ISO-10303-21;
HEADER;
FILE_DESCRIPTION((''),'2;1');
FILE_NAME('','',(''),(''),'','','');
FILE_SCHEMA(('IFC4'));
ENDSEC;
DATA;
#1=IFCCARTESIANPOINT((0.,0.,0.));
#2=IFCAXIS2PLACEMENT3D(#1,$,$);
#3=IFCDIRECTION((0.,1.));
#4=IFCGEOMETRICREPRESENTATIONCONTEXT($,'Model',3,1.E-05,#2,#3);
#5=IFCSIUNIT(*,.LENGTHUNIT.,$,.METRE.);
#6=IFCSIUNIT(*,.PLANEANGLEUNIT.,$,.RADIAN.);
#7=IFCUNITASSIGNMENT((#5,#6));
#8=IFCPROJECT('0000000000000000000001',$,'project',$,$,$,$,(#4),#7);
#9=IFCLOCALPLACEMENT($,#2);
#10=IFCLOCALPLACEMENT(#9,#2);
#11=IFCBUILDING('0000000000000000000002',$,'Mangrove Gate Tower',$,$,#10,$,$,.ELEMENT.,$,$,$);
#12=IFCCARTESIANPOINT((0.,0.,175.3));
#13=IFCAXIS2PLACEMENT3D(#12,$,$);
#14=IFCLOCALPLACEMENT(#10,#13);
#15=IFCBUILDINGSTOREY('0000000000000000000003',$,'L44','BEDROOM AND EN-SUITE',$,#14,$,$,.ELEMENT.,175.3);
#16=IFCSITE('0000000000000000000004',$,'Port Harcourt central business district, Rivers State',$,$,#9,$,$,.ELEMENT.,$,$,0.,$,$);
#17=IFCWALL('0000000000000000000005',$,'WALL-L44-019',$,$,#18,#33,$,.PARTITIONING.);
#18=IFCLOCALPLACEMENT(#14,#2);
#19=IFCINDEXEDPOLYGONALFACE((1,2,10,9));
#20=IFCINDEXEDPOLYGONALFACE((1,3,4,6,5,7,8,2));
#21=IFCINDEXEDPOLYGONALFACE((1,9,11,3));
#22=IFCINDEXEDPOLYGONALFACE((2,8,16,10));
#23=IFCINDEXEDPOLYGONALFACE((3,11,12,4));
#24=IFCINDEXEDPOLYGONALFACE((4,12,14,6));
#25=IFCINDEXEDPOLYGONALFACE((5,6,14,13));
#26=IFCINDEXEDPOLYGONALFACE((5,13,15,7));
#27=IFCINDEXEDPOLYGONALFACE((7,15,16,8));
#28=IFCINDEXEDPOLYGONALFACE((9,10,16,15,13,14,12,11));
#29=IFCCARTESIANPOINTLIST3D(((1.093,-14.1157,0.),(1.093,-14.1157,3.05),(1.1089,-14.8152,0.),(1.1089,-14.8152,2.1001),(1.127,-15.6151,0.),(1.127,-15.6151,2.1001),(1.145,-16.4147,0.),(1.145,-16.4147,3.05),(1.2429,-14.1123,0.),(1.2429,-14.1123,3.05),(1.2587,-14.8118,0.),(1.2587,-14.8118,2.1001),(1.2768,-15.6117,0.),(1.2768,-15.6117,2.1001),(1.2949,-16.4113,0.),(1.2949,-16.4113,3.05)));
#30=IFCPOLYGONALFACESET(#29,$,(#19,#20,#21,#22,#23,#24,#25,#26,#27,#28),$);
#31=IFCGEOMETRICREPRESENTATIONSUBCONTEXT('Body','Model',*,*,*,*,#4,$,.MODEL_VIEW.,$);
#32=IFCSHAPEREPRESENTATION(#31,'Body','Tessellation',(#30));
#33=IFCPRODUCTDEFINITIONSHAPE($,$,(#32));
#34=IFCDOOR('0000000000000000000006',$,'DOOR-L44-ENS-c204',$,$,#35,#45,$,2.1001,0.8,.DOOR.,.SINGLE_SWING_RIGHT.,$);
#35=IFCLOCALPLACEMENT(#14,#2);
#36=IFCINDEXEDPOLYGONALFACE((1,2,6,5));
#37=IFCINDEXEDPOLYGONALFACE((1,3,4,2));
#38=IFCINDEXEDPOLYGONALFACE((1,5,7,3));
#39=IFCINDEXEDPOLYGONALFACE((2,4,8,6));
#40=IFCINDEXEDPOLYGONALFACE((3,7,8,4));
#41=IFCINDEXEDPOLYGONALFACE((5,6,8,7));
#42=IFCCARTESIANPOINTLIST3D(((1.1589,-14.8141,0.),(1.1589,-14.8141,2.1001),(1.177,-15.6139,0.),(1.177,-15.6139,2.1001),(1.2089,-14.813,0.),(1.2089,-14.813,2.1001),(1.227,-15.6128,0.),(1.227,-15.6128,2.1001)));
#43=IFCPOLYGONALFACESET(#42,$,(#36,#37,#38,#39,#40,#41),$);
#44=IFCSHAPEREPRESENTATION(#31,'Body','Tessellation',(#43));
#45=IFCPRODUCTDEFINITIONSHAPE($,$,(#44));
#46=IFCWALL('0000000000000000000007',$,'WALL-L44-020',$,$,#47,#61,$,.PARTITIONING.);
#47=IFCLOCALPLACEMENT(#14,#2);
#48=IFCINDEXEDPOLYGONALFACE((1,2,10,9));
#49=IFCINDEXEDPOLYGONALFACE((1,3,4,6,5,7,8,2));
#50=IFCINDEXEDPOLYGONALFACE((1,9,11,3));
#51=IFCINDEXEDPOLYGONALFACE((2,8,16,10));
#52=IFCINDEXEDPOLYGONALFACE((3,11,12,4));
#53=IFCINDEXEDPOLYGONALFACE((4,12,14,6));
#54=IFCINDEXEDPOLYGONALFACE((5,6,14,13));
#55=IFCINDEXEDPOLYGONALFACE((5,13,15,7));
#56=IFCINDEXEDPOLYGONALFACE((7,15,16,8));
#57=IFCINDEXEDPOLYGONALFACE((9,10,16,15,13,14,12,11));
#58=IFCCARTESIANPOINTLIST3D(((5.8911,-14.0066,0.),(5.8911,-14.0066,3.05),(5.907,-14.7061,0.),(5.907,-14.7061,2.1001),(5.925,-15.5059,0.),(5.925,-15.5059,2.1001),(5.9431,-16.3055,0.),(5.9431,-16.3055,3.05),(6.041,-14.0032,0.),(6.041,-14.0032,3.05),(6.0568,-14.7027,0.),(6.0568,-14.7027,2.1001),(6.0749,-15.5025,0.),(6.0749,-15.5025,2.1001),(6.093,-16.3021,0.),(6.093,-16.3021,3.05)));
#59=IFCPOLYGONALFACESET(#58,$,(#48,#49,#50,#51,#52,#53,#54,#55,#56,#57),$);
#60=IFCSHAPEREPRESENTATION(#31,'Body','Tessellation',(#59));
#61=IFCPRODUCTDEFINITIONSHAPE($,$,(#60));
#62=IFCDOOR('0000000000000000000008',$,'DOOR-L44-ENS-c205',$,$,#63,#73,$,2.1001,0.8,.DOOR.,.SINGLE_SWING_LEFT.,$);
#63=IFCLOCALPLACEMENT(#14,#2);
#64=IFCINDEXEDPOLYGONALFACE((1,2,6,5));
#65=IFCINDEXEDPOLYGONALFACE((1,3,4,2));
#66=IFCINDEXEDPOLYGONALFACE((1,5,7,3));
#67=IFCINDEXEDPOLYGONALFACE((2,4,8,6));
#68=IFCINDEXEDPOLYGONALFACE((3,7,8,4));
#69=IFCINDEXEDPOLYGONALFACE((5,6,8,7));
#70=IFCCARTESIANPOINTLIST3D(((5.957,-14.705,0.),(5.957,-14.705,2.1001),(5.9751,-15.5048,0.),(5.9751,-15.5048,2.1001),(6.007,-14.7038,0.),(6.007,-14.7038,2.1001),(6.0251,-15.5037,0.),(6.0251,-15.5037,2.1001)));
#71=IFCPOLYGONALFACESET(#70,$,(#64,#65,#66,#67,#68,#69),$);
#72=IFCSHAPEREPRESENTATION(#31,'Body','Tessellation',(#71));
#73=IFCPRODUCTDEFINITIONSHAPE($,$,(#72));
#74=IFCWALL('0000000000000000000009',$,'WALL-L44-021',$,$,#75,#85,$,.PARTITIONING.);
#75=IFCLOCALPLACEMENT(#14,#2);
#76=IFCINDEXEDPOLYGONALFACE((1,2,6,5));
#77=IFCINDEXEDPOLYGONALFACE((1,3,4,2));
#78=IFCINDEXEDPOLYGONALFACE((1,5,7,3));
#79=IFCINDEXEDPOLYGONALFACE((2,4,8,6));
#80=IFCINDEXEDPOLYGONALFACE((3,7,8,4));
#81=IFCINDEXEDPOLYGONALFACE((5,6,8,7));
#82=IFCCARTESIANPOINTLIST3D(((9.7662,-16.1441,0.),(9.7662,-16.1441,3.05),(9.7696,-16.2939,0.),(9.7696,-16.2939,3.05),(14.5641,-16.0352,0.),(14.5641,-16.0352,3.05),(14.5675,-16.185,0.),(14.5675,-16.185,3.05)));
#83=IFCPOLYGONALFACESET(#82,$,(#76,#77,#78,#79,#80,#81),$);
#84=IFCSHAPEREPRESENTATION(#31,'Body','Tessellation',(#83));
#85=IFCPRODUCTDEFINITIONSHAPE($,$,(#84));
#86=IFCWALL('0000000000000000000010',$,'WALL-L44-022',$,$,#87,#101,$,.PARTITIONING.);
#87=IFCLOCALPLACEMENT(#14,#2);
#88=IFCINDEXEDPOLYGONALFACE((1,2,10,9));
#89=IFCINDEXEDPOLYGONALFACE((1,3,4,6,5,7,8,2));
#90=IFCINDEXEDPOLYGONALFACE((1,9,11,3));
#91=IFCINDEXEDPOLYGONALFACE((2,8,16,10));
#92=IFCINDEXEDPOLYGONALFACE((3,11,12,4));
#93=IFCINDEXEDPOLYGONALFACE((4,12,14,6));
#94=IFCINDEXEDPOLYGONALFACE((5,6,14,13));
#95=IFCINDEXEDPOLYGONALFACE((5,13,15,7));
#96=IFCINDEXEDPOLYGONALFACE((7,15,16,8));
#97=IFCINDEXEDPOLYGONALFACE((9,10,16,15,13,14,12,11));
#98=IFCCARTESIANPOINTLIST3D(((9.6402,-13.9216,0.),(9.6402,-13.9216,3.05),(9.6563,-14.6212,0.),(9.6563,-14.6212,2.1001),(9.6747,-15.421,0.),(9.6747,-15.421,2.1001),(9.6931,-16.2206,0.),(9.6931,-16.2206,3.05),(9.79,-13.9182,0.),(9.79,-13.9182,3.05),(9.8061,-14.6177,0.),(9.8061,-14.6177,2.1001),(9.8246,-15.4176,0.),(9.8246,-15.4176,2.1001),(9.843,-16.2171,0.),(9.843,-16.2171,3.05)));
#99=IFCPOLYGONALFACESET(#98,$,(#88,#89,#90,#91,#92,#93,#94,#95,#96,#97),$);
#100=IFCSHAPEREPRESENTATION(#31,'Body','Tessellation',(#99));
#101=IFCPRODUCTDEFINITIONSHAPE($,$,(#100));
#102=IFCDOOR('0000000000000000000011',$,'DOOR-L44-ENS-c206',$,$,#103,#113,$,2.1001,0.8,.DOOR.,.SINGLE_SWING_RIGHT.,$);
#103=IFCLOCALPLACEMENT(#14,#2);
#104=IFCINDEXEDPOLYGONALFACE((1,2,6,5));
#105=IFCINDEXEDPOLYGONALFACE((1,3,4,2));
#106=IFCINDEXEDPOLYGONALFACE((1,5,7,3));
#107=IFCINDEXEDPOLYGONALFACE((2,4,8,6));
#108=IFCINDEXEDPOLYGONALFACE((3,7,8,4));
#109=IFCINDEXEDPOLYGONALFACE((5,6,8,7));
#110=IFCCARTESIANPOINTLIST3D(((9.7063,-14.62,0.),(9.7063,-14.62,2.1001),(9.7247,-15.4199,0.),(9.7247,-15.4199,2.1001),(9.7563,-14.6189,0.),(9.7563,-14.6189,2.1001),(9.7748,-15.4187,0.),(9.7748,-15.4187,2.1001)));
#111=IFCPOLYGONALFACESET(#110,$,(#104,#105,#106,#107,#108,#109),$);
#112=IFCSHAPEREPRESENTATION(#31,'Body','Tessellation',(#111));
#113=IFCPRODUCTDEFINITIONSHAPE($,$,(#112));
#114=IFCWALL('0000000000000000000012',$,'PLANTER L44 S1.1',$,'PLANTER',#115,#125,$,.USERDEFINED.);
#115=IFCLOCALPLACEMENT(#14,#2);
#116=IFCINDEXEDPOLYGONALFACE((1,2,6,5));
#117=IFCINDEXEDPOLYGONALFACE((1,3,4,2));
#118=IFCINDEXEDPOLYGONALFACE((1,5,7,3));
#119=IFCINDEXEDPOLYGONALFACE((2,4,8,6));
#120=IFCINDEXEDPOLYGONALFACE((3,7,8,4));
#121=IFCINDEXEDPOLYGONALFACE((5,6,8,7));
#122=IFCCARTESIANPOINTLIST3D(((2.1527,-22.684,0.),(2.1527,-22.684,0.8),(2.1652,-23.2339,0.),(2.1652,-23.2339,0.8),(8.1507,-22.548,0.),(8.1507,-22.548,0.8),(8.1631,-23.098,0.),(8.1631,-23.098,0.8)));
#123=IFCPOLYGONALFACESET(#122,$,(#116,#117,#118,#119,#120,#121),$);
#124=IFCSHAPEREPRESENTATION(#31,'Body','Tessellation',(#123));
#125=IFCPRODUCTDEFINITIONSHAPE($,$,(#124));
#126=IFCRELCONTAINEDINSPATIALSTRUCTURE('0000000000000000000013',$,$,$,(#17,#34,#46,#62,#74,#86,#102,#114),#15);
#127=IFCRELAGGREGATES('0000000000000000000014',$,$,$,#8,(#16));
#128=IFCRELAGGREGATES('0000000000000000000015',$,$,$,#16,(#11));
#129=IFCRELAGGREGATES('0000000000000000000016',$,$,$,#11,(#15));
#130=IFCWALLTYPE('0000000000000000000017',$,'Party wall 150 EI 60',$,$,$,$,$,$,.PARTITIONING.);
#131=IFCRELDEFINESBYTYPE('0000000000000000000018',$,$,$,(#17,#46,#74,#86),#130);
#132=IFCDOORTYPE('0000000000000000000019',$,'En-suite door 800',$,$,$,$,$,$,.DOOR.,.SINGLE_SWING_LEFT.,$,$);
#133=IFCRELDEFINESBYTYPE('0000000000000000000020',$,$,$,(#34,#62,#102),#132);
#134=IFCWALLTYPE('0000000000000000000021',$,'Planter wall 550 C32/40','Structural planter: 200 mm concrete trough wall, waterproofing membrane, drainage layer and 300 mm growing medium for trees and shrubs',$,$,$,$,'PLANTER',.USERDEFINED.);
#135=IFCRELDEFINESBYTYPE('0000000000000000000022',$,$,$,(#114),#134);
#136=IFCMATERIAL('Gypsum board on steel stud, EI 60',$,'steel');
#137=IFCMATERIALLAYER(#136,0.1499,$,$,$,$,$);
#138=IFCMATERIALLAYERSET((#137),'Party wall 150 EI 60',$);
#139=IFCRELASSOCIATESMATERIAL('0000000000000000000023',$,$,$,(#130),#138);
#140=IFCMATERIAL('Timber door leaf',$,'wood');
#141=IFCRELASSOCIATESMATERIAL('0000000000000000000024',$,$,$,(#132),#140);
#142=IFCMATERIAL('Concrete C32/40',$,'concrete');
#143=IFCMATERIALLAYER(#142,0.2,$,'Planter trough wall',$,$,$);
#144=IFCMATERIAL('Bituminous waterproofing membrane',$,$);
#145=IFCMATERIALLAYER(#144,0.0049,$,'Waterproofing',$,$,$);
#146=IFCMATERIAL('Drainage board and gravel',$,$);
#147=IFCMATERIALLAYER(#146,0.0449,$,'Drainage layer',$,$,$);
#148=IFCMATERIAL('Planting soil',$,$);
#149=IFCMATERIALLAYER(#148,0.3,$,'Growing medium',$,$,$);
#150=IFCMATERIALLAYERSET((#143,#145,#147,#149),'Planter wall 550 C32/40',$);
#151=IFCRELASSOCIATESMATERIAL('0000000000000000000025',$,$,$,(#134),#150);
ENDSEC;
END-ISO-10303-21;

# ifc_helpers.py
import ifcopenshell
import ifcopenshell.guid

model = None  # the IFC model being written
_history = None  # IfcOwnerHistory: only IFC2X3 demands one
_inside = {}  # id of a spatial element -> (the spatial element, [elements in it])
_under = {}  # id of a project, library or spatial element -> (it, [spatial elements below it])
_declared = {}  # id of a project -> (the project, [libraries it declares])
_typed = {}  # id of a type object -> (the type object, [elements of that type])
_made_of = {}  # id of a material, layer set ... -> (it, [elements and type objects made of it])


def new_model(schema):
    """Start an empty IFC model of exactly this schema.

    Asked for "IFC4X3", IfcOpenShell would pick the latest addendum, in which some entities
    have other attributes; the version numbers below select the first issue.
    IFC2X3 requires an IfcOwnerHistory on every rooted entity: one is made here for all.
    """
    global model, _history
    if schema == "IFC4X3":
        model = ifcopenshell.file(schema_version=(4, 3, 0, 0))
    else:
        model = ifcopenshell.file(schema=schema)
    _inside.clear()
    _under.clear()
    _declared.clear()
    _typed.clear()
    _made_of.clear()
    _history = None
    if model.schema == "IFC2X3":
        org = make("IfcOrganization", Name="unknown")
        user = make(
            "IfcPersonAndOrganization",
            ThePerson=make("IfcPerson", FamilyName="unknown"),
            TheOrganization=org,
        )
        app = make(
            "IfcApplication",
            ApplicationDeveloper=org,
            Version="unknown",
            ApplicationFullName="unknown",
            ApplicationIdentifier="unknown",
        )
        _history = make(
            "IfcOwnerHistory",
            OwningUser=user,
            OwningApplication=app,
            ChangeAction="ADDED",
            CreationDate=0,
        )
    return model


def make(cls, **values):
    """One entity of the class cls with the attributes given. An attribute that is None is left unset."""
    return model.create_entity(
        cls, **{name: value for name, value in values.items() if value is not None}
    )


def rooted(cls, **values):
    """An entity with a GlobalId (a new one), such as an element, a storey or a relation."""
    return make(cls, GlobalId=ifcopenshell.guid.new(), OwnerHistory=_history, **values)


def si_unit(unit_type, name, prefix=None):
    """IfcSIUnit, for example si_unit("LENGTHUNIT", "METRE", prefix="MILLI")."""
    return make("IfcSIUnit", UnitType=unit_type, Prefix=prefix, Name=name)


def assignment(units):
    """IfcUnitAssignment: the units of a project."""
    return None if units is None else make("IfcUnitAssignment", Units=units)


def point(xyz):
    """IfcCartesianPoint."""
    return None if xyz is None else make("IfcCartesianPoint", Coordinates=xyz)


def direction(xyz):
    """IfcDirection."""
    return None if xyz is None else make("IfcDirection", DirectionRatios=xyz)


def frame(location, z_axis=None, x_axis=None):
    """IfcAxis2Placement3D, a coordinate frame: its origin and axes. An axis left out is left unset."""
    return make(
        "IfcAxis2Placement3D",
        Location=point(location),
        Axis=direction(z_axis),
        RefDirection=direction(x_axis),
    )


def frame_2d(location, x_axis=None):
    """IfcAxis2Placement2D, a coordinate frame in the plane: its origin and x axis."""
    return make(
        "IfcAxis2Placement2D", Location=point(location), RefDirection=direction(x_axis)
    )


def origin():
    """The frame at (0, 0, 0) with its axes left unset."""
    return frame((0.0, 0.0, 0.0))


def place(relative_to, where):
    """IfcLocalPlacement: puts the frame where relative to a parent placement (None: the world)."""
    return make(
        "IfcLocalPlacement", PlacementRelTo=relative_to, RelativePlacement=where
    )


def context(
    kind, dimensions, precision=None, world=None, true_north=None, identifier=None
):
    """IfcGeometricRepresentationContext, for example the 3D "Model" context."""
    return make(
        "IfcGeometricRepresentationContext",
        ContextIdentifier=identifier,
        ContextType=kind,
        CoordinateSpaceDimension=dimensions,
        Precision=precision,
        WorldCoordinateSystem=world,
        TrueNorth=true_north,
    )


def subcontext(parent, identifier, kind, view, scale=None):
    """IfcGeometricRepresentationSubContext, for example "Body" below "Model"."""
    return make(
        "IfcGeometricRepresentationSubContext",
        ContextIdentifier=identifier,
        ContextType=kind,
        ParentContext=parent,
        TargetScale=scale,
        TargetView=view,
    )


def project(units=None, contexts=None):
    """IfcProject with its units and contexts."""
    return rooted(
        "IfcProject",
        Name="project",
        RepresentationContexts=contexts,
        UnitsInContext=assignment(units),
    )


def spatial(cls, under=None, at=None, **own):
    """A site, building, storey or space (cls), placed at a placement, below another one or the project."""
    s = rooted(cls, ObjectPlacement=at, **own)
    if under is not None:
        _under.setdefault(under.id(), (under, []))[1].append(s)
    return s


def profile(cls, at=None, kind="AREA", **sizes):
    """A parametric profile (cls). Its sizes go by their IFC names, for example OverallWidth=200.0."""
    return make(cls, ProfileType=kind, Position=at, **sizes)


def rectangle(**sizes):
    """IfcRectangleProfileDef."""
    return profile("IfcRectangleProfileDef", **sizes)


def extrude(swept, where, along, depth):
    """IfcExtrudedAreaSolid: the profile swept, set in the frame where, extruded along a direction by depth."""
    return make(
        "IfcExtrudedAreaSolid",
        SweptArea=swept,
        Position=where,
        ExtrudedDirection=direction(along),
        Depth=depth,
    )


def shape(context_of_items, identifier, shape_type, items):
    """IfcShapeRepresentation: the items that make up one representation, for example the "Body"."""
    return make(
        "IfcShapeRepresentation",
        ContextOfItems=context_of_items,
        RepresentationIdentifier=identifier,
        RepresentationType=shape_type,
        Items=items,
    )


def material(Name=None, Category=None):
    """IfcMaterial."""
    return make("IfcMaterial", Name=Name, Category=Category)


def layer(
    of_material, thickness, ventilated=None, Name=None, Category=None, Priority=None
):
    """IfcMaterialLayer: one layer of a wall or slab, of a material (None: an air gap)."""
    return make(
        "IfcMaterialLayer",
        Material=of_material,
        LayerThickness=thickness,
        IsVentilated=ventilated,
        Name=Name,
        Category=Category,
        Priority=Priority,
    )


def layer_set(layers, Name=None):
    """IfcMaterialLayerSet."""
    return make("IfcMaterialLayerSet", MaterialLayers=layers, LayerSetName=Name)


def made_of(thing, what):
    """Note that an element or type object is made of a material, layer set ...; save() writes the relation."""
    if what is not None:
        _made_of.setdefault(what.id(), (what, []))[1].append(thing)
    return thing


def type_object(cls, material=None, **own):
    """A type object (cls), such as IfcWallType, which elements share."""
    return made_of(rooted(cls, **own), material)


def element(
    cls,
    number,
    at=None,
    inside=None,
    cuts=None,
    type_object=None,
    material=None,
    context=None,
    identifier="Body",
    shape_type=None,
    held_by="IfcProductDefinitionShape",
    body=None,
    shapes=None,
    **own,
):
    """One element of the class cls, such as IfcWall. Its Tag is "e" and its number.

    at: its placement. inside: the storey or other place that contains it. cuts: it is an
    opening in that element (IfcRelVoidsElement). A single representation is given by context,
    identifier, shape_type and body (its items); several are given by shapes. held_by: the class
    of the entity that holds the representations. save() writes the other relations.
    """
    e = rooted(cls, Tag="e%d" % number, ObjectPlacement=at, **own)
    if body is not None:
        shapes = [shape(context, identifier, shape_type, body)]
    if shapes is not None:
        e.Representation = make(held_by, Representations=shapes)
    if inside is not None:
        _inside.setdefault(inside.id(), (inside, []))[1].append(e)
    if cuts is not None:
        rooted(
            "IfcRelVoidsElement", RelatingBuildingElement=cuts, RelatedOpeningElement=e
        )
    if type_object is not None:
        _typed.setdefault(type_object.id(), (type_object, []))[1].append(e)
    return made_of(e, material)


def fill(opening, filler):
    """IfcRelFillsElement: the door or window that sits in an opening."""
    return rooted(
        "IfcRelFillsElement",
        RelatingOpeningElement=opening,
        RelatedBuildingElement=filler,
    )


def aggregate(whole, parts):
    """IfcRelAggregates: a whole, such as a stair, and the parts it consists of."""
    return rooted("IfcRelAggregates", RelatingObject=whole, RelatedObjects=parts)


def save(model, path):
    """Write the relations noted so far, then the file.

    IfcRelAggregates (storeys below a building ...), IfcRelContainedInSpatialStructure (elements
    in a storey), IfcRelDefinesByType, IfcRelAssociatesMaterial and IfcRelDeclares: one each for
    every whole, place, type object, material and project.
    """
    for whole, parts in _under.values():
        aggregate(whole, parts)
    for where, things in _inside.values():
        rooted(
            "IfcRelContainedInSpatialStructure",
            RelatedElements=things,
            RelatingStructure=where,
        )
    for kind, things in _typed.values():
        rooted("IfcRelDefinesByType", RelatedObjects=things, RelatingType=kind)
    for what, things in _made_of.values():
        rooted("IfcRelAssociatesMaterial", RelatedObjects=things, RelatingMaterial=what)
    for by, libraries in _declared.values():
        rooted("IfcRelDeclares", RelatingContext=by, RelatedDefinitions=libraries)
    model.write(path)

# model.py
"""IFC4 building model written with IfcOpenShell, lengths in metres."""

from ifc_helpers import new_model, si_unit, direction, frame, frame_2d, origin, place, context, subcontext, project, spatial, rectangle, extrude, material, layer, layer_set, type_object, element, fill, save


model = new_model("IFC4")

# Units and contexts
model_context = context("Model", 3, precision=1e-05, world=origin(), true_north=direction((0.0, 1.0)))
body_context = subcontext(model_context, "Body", "Model", "MODEL_VIEW")
ifc_project = project(units=[si_unit("LENGTHUNIT", "METRE"), si_unit("PLANEANGLEUNIT", "RADIAN")], contexts=[model_context])

# Site, building, storey
site_placement = place(None, origin())
site = spatial("IfcSite", under=ifc_project, at=site_placement, Name="Port Harcourt central business district, Rivers State", CompositionType="ELEMENT", RefElevation=0.0)
building_placement = place(site_placement, origin())
building = spatial("IfcBuilding", under=site, at=building_placement, Name="Mangrove Gate Tower", CompositionType="ELEMENT")
storey_placement = place(building_placement, frame((0.0, 0.0, 175.3)))
storey = spatial("IfcBuildingStorey", under=building, at=storey_placement, Name="L44", Description="BEDROOM AND EN-SUITE", CompositionType="ELEMENT", Elevation=175.3)

# Shared definitions
ifc_material_1 = material(Name="Gypsum board on steel stud, EI 60", Category="steel")
ifc_layer_1 = layer(ifc_material_1, 0.1499)
ifc_layer_set_1 = layer_set([ifc_layer_1], Name="Party wall 150 EI 60")
wall_type_1 = type_object("IfcWallType", Name="Party wall 150 EI 60", PredefinedType="PARTITIONING", material=ifc_layer_set_1)

# Walls, openings, doors
wall_1_placement = place(storey_placement, frame((1.22, -16.4131, 0.0), z_axis=(0.0, 0.0, 1.0), x_axis=(-0.022613, 0.999744, 0.0)))
wall_1 = element("IfcWall", 1, at=wall_1_placement, inside=storey, type_object=wall_type_1, Name="WALL-L44-019", PredefinedType="PARTITIONING", context=body_context, shape_type="SweptSolid", body=[
    extrude(rectangle(XDim=2.2996, YDim=0.1499, at=frame_2d((1.1499, 0.0))), origin(), (0.0, 0.0, 1.0), 3.05),
])
opening_1_placement = place(wall_1_placement, frame((0.8, 0.0, 0.0)))
opening_1 = element("IfcOpeningElement", 2, at=opening_1_placement, cuts=wall_1, PredefinedType="OPENING", context=body_context, shape_type="SweptSolid", body=[
    extrude(rectangle(XDim=0.8, YDim=2.1001, at=frame_2d((0.3999, 1.05))), frame((0.0, 0.085, 0.0), z_axis=(0.0, -1.0, 0.0), x_axis=(1.0, 0.0, 0.0)), (0.0, 0.0, 1.0), 0.1699),
])
ifc_material_2 = material(Name="Timber door leaf", Category="wood")
door_type_1 = type_object("IfcDoorType", Name="En-suite door 800", OperationType="SINGLE_SWING_LEFT", PredefinedType="DOOR", material=ifc_material_2)
door_1_placement = place(opening_1_placement, origin())
door_1 = element("IfcDoor", 3, at=door_1_placement, inside=storey, type_object=door_type_1, Name="DOOR-L44-ENS-c204", OperationType="SINGLE_SWING_RIGHT", OverallHeight=2.1001, OverallWidth=0.8, PredefinedType="DOOR", context=body_context, shape_type="SweptSolid", body=[
    extrude(rectangle(XDim=0.8, YDim=2.1001, at=frame_2d((0.3999, 1.05))), frame((0.0, 0.0249, 0.0), z_axis=(0.0, -1.0, 0.0), x_axis=(1.0, 0.0, 0.0)), (0.0, 0.0, 1.0), 0.05),
])
fill(opening_1, door_1)
wall_2_placement = place(storey_placement, frame((6.0181, -16.304, 0.0), z_axis=(0.0, 0.0, 1.0), x_axis=(-0.022613, 0.999744, 0.0)))
wall_2 = element("IfcWall", 4, at=wall_2_placement, inside=storey, type_object=wall_type_1, Name="WALL-L44-020", PredefinedType="PARTITIONING", context=body_context, shape_type="SweptSolid", body=[
    extrude(rectangle(XDim=2.2996, YDim=0.1499, at=frame_2d((1.1499, 0.0))), origin(), (0.0, 0.0, 1.0), 3.05),
])
opening_2_placement = place(wall_2_placement, frame((0.8, 0.0, 0.0)))
opening_2 = element("IfcOpeningElement", 5, at=opening_2_placement, cuts=wall_2, PredefinedType="OPENING", context=body_context, shape_type="SweptSolid", body=[
    extrude(rectangle(XDim=0.8, YDim=2.1001, at=frame_2d((0.3999, 1.05))), frame((0.0, 0.085, 0.0), z_axis=(0.0, -1.0, 0.0), x_axis=(1.0, 0.0, 0.0)), (0.0, 0.0, 1.0), 0.1699),
])
door_2_placement = place(opening_2_placement, origin())
door_2 = element("IfcDoor", 6, at=door_2_placement, inside=storey, type_object=door_type_1, Name="DOOR-L44-ENS-c205", OperationType="SINGLE_SWING_LEFT", OverallHeight=2.1001, OverallWidth=0.8, PredefinedType="DOOR", context=body_context, shape_type="SweptSolid", body=[
    extrude(rectangle(XDim=0.8, YDim=2.1001, at=frame_2d((0.3999, 1.05))), frame((0.0, 0.0249, 0.0), z_axis=(0.0, -1.0, 0.0), x_axis=(1.0, 0.0, 0.0)), (0.0, 0.0, 1.0), 0.05),
])
fill(opening_2, door_2)

# Wall
wall_3_placement = place(storey_placement, frame((9.7681, -16.219, 0.0), z_axis=(0.0, 0.0, 1.0), x_axis=(0.999743, 0.022689, 0.0)))
element("IfcWall", 7, at=wall_3_placement, inside=storey, type_object=wall_type_1, Name="WALL-L44-021", PredefinedType="PARTITIONING", context=body_context, shape_type="SweptSolid", body=[
    extrude(rectangle(XDim=4.7991, YDim=0.1499, at=frame_2d((2.3994, 0.0))), origin(), (0.0, 0.0, 1.0), 3.05),
])

# Wall, opening, door
wall_4_placement = place(storey_placement, frame((9.7681, -16.219, 0.0), z_axis=(0.0, 0.0, 1.0), x_axis=(-0.023037, 0.999735, 0.0)))
wall_4 = element("IfcWall", 8, at=wall_4_placement, inside=storey, type_object=wall_type_1, Name="WALL-L44-022", PredefinedType="PARTITIONING", context=body_context, shape_type="SweptSolid", body=[
    extrude(rectangle(XDim=2.2996, YDim=0.1499, at=frame_2d((1.1499, 0.0))), origin(), (0.0, 0.0, 1.0), 3.05),
])
opening_3_placement = place(wall_4_placement, frame((0.8, 0.0, 0.0)))
opening_3 = element("IfcOpeningElement", 9, at=opening_3_placement, cuts=wall_4, PredefinedType="OPENING", context=body_context, shape_type="SweptSolid", body=[
    extrude(rectangle(XDim=0.8, YDim=2.1001, at=frame_2d((0.3999, 1.05))), frame((0.0, 0.085, 0.0), z_axis=(0.0, -1.0, 0.0), x_axis=(1.0, 0.0, 0.0)), (0.0, 0.0, 1.0), 0.1699),
])
door_3_placement = place(opening_3_placement, origin())
door_3 = element("IfcDoor", 10, at=door_3_placement, inside=storey, type_object=door_type_1, Name="DOOR-L44-ENS-c206", OperationType="SINGLE_SWING_RIGHT", OverallHeight=2.1001, OverallWidth=0.8, PredefinedType="DOOR", context=body_context, shape_type="SweptSolid", body=[
    extrude(rectangle(XDim=0.8, YDim=2.1001, at=frame_2d((0.3999, 1.05))), frame((0.0, 0.0249, 0.0), z_axis=(0.0, -1.0, 0.0), x_axis=(1.0, 0.0, 0.0)), (0.0, 0.0, 1.0), 0.05),
])
fill(opening_3, door_3)

# Wall
ifc_material_3 = material(Name="Concrete C32/40", Category="concrete")
ifc_layer_2 = layer(ifc_material_3, 0.2, Name="Planter trough wall")
ifc_material_4 = material(Name="Bituminous waterproofing membrane")
ifc_layer_3 = layer(ifc_material_4, 0.0049, Name="Waterproofing")
ifc_material_5 = material(Name="Drainage board and gravel")
ifc_layer_4 = layer(ifc_material_5, 0.0449, Name="Drainage layer")
ifc_material_6 = material(Name="Planting soil")
ifc_layer_5 = layer(ifc_material_6, 0.3, Name="Growing medium")
ifc_layer_set_2 = layer_set([ifc_layer_2, ifc_layer_3, ifc_layer_4, ifc_layer_5], Name="Planter wall 550 C32/40")
wall_type_2 = type_object("IfcWallType", Name="Planter wall 550 C32/40", Description="Structural planter: 200 mm concrete trough wall, waterproofing membrane, drainage layer and 300 mm growing medium for trees and shrubs", ElementType="PLANTER", PredefinedType="USERDEFINED", material=ifc_layer_set_2)
wall_5_placement = place(storey_placement, frame((2.1589, -22.959, 0.0), z_axis=(0.0, 0.0, 1.0), x_axis=(0.999743, 0.022666, 0.0)))
element("IfcWall", 11, at=wall_5_placement, inside=storey, type_object=wall_type_2, Name="PLANTER L44 S1.1", ObjectType="PLANTER", PredefinedType="USERDEFINED", context=body_context, shape_type="SweptSolid", body=[
    extrude(rectangle(XDim=5.9995, YDim=0.55, at=frame_2d((2.9998, 0.0))), origin(), (0.0, 0.0, 1.0), 0.8),
])

save(model, "model.ifc")
